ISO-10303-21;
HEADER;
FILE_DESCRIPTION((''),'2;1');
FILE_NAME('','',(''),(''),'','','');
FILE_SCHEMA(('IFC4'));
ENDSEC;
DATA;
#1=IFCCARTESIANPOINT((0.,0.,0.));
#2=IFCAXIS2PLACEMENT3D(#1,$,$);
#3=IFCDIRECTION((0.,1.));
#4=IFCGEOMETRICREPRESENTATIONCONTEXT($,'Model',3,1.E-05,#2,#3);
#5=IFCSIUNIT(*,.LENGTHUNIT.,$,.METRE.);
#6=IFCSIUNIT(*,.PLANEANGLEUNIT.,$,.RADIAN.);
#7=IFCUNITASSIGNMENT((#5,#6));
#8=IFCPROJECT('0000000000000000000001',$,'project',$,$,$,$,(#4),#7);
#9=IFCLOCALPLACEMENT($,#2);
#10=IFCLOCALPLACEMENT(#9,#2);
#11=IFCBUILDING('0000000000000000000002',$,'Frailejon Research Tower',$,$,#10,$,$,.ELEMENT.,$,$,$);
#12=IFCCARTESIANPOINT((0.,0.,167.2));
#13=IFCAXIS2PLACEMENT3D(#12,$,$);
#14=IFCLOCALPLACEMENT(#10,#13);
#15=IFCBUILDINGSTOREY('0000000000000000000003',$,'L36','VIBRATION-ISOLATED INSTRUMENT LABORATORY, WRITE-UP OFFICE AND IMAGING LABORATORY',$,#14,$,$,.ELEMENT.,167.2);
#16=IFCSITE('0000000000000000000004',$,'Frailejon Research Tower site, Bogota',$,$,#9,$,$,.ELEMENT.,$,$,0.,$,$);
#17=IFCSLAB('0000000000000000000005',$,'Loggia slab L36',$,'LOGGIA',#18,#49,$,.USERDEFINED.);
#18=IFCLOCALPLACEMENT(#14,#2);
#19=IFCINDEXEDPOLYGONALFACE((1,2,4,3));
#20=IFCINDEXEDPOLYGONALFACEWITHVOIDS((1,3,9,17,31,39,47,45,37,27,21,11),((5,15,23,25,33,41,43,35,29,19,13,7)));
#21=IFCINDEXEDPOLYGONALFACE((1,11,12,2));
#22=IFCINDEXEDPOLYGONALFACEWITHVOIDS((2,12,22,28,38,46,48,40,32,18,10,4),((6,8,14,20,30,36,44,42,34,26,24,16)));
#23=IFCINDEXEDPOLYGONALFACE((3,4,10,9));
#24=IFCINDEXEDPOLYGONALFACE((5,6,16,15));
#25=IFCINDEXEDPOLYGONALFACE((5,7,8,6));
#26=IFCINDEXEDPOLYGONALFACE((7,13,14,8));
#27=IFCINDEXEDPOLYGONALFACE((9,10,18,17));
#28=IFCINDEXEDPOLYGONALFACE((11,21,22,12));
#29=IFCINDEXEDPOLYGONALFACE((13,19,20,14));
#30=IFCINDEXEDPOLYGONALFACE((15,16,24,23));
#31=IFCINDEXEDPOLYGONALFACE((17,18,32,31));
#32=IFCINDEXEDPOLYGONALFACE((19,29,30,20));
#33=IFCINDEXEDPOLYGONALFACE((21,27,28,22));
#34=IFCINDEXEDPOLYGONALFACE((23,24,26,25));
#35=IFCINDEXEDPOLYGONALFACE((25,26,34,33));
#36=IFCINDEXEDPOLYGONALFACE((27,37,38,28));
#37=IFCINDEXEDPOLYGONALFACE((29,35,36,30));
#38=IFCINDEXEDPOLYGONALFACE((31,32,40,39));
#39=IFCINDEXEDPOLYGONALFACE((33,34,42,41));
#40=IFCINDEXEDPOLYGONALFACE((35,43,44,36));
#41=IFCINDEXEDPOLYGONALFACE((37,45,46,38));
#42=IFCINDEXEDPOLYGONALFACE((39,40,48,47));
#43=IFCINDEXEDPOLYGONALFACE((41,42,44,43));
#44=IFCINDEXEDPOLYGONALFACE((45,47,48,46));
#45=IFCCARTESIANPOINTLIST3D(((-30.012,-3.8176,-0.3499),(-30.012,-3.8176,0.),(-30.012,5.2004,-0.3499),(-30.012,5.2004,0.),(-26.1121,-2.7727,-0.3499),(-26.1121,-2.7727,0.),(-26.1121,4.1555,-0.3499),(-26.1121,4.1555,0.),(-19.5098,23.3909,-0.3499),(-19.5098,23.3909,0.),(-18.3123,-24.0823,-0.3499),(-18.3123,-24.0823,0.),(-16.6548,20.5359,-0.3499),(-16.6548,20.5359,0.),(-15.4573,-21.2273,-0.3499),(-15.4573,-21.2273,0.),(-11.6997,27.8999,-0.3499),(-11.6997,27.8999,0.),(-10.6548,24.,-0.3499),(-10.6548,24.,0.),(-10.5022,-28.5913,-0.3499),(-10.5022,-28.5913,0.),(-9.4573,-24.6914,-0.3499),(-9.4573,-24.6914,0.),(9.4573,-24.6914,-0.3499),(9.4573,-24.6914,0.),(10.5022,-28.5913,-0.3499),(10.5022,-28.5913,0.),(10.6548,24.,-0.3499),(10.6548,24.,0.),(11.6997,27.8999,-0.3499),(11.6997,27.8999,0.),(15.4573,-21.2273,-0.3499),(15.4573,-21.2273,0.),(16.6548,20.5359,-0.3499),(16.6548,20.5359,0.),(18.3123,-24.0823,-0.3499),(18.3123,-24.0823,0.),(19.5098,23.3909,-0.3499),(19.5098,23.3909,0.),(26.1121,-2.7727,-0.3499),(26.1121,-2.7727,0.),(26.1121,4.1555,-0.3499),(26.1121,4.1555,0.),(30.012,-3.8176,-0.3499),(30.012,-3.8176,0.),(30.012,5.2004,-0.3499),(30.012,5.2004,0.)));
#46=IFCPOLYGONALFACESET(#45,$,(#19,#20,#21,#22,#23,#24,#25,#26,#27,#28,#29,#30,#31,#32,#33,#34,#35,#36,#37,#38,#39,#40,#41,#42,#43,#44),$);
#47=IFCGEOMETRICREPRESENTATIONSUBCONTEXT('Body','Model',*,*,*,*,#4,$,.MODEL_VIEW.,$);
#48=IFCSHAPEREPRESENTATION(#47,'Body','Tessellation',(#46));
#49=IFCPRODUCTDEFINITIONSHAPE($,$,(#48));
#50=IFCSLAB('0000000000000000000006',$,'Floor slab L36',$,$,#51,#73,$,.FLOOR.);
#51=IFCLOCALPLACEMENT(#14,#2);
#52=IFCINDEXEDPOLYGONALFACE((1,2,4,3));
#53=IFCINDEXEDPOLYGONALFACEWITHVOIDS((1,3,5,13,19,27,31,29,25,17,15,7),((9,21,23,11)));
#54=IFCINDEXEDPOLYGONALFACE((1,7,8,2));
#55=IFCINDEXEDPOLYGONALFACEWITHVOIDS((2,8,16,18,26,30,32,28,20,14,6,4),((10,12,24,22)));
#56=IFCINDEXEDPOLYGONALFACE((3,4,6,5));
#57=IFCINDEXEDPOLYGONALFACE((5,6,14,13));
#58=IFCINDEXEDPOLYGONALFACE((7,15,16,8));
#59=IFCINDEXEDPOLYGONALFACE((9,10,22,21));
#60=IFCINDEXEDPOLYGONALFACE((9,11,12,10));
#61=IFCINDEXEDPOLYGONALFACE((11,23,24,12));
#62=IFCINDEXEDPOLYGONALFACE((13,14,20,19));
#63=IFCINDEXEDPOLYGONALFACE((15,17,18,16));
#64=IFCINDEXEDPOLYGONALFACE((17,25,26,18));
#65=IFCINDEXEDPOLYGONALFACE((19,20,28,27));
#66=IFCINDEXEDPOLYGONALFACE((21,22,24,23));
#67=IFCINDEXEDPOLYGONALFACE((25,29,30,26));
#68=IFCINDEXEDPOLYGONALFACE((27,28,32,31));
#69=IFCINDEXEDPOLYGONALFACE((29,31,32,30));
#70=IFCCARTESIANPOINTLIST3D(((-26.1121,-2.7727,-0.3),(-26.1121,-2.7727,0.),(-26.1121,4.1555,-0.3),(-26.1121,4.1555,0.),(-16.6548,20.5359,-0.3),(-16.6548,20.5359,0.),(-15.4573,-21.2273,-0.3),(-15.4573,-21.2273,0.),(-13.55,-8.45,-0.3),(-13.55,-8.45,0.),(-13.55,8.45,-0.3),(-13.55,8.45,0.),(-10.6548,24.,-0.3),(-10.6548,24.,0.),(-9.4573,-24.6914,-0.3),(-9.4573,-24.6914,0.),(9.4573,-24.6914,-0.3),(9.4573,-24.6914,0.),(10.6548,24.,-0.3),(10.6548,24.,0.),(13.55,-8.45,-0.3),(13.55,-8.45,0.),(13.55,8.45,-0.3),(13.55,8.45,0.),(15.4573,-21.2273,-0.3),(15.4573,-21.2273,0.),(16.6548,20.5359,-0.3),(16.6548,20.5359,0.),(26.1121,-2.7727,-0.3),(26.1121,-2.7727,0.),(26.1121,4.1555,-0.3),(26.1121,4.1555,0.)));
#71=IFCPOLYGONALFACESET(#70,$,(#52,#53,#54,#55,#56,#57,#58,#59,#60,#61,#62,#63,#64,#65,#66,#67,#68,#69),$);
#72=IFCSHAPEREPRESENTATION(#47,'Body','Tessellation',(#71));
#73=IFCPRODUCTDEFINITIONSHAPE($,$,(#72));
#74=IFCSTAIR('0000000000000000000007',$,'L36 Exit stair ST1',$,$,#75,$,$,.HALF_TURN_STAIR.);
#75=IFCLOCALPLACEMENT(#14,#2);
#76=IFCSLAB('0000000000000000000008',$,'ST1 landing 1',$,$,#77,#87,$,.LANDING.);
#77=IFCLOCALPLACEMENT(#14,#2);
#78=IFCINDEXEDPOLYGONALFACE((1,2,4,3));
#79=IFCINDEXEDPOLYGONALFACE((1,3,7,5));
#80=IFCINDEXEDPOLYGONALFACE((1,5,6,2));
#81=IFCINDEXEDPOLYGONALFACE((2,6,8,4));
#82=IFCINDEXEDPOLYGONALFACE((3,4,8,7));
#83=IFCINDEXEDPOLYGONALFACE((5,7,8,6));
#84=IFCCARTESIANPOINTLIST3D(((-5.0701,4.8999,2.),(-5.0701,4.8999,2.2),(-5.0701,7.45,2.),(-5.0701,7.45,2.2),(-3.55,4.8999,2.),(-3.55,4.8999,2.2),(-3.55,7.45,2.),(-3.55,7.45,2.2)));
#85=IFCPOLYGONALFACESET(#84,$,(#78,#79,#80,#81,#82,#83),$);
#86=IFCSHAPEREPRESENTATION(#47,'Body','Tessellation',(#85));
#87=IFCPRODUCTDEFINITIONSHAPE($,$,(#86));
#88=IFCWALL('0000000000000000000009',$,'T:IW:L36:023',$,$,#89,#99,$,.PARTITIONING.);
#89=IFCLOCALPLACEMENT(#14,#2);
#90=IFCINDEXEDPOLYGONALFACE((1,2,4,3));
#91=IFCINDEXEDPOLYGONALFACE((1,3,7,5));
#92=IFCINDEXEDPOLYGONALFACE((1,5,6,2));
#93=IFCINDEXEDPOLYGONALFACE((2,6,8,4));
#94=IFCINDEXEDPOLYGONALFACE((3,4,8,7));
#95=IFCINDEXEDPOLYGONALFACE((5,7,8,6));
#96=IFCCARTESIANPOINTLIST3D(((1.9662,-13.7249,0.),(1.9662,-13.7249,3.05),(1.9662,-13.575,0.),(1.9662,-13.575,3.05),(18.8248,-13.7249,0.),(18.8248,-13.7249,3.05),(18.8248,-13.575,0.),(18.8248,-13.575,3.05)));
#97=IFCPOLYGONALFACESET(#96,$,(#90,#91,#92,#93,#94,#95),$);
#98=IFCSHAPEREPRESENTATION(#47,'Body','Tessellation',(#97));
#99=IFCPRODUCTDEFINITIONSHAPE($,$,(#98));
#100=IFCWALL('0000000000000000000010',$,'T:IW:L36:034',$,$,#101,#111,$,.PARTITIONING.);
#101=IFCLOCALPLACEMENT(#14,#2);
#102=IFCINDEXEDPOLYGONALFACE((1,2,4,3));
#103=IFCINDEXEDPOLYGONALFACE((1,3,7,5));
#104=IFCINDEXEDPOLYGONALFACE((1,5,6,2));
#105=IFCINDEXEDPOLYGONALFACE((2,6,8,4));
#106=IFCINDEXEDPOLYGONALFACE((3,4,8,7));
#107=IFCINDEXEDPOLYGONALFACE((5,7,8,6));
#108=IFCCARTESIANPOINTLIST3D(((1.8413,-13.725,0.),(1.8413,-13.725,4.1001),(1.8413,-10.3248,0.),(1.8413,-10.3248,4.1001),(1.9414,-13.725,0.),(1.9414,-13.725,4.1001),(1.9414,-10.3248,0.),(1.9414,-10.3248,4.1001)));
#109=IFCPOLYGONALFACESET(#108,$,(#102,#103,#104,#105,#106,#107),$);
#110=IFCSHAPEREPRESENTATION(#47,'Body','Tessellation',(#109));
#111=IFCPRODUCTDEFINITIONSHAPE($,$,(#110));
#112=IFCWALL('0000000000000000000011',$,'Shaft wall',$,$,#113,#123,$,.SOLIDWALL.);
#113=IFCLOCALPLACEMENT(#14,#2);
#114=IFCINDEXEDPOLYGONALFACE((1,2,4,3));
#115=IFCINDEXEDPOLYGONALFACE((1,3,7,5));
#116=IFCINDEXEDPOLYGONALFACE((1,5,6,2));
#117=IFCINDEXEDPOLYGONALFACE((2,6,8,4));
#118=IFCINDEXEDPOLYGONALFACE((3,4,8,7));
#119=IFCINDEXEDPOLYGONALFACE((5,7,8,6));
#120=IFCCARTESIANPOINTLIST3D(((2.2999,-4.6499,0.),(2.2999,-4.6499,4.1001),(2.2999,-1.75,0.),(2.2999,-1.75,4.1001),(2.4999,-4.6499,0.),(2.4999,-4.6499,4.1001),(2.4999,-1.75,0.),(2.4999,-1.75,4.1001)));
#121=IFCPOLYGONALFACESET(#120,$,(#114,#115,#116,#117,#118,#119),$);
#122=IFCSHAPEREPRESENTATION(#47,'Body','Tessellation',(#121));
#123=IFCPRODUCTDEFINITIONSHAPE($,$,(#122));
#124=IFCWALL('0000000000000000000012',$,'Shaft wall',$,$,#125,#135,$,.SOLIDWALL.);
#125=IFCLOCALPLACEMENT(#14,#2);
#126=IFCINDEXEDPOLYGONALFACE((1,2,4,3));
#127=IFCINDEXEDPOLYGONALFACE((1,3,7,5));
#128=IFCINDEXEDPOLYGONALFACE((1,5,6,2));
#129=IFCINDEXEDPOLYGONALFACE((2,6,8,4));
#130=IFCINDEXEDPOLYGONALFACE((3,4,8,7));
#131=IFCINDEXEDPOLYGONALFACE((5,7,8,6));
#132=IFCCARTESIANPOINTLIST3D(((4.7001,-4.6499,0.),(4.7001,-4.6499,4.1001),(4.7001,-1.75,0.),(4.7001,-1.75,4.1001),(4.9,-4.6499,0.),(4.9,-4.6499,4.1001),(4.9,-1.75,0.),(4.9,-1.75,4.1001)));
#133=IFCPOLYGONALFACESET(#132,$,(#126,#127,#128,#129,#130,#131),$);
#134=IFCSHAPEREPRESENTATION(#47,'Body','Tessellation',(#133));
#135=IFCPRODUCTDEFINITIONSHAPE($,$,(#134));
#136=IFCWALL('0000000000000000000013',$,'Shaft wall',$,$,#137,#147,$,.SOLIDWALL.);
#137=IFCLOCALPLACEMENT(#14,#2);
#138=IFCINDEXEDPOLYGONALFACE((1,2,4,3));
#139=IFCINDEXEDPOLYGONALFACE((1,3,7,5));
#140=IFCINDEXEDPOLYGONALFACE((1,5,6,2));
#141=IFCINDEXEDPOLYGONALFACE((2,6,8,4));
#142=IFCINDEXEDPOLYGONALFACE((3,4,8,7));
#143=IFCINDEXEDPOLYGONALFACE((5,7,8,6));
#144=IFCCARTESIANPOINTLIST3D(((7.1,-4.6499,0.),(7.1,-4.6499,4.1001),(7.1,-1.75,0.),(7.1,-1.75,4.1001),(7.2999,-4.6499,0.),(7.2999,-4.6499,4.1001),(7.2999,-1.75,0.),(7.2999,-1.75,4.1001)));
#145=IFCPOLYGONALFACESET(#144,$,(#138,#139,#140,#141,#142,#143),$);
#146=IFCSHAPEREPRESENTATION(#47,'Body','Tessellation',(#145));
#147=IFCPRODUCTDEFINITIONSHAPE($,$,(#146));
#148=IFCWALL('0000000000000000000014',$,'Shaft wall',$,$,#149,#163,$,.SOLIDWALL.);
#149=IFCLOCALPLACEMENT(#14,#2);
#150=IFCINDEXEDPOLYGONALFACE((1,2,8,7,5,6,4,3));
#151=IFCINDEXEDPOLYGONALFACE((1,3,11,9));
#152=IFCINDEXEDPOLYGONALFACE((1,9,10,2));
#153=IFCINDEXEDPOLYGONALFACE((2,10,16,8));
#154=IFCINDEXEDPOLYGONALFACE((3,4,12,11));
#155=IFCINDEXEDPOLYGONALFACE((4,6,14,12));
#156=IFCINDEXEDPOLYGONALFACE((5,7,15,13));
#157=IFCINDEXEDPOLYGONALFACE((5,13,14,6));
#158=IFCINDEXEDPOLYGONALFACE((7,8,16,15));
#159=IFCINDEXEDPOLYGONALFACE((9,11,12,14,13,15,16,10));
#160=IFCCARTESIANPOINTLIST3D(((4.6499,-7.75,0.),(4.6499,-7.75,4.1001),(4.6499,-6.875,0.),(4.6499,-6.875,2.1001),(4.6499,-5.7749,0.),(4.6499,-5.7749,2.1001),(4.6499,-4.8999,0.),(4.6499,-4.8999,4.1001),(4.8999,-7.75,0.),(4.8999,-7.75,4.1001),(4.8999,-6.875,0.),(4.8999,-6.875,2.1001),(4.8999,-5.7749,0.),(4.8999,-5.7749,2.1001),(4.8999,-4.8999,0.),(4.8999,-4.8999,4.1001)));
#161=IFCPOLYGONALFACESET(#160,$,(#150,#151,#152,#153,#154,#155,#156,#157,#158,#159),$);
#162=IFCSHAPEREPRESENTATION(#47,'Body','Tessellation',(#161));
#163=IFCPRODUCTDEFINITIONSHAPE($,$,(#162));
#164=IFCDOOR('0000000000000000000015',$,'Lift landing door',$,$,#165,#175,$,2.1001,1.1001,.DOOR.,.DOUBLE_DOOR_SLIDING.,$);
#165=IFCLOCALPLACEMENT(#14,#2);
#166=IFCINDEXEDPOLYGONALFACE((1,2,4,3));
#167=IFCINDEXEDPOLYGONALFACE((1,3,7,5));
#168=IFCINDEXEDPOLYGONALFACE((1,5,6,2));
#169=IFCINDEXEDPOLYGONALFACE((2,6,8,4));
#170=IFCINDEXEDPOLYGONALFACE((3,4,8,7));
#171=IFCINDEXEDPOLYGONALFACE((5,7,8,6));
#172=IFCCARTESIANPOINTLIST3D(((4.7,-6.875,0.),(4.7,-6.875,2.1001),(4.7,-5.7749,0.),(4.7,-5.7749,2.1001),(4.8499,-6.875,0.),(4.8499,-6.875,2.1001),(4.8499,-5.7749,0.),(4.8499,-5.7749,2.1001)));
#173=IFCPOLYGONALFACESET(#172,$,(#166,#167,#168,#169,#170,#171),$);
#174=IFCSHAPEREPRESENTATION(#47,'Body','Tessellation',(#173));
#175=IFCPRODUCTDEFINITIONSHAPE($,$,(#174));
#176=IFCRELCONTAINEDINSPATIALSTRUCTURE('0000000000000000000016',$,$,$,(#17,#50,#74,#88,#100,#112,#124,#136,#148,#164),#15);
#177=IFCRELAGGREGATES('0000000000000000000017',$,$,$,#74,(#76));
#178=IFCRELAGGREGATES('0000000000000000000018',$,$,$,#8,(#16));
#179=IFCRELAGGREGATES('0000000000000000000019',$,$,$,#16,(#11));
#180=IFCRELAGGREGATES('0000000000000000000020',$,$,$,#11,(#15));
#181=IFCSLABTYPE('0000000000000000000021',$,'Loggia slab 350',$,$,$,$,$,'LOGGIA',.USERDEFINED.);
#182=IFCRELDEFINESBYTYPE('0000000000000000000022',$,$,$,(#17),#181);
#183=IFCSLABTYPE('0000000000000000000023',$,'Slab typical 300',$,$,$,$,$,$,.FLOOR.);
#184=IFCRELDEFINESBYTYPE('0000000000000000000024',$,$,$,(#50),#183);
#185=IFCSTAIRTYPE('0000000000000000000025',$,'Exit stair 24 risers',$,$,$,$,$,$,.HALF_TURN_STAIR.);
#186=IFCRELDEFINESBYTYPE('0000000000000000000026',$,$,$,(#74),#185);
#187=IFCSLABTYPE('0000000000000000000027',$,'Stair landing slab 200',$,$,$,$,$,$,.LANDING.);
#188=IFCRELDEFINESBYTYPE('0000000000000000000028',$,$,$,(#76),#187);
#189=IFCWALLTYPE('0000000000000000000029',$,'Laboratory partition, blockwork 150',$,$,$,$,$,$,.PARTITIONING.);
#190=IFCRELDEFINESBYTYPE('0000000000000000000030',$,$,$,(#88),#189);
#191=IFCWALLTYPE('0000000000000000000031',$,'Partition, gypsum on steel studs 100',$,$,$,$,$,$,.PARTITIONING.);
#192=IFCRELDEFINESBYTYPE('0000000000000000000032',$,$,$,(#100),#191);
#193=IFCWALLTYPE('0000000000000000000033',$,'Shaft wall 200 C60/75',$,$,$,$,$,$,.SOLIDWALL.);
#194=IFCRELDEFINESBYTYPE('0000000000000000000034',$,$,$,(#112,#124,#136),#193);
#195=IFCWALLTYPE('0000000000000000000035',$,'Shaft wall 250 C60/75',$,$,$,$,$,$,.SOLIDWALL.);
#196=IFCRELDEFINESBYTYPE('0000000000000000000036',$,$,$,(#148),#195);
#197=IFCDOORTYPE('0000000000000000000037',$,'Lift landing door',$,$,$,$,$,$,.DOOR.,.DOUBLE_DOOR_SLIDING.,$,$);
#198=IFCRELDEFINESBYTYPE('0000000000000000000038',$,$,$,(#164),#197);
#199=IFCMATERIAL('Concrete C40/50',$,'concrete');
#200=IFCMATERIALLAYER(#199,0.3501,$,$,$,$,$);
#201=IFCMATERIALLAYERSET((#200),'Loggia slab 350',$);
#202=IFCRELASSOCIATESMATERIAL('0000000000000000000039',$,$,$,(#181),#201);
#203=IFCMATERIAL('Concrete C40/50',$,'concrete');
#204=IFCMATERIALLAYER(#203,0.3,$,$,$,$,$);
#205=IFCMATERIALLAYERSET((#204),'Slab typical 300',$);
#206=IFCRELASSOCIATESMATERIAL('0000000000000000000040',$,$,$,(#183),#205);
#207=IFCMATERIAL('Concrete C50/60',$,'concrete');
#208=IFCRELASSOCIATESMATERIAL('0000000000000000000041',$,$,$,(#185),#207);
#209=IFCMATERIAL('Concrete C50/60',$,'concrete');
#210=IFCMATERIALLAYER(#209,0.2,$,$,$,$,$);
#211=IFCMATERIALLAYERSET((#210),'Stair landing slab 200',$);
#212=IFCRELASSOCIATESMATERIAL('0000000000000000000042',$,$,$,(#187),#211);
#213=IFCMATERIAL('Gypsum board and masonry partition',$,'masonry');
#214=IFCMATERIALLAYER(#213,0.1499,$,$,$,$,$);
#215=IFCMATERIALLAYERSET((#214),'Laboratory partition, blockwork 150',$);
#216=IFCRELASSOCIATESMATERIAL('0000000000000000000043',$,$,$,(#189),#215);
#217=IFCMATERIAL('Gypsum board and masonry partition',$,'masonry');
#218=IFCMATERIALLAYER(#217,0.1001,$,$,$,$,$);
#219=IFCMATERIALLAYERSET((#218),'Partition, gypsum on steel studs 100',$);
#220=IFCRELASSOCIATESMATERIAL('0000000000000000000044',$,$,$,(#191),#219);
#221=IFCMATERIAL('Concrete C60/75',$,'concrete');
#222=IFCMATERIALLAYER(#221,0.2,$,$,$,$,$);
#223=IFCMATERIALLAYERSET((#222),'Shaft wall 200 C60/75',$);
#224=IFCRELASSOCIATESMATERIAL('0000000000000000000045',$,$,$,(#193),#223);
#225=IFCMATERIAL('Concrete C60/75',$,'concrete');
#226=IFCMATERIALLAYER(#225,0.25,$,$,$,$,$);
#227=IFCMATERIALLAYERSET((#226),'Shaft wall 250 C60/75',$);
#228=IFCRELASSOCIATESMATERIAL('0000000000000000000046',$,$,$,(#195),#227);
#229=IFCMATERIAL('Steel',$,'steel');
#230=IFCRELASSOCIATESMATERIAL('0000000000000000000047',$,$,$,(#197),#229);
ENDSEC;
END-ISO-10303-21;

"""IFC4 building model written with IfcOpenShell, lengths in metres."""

from ifc_helpers import new_model, si_unit, direction, frame, frame_2d, origin, place, context, subcontext, project, spatial, polyline, rectangle, outline, extrude, material, layer, layer_set, type_object, element, fill, aggregate, save


model = new_model("IFC4")

# Units and contexts
model_context = context("Model", 3, precision=1e-05, world=origin(), true_north=direction((0.0, 1.0)))
body_context = subcontext(model_context, "Body", "Model", "MODEL_VIEW")
ifc_project = project(units=[si_unit("LENGTHUNIT", "METRE"), si_unit("PLANEANGLEUNIT", "RADIAN")], contexts=[model_context])

# Site, building, storey
site_placement = place(None, origin())
site = spatial("IfcSite", under=ifc_project, at=site_placement, Name="Frailejon Research Tower site, Bogota", CompositionType="ELEMENT", RefElevation=0.0)
building_placement = place(site_placement, origin())
building = spatial("IfcBuilding", under=site, at=building_placement, Name="Frailejon Research Tower", CompositionType="ELEMENT")
storey_placement = place(building_placement, frame((0.0, 0.0, 167.2)))
storey = spatial("IfcBuildingStorey", under=building, at=storey_placement, Name="L36", Description="VIBRATION-ISOLATED INSTRUMENT LABORATORY, WRITE-UP OFFICE AND IMAGING LABORATORY", CompositionType="ELEMENT", Elevation=167.2)

# Slabs
ifc_material_1 = material(Name="Concrete C40/50", Category="concrete")
ifc_layer_1 = layer(ifc_material_1, 0.3501)
ifc_layer_set_1 = layer_set([ifc_layer_1], Name="Loggia slab 350")
slab_type_1 = type_object("IfcSlabType", Name="Loggia slab 350", ElementType="LOGGIA", PredefinedType="USERDEFINED", material=ifc_layer_set_1)
slab_1_placement = place(storey_placement, frame((0.0, 0.0, -0.3499)))
element("IfcSlab", 1, at=slab_1_placement, inside=storey, type_object=slab_type_1, Name="Loggia slab L36", ObjectType="LOGGIA", PredefinedType="USERDEFINED", context=body_context, shape_type="SweptSolid", body=[
    extrude(outline(polyline([(18.3123, -24.0823), (10.5022, -28.5913), (-10.5022, -28.5913), (-18.3123, -24.0823), (-30.012, -3.8176), (-30.012, 5.2004), (-19.5098, 23.3909), (-11.6997, 27.8999), (11.6997, 27.8999), (19.5098, 23.3909), (30.012, 5.2004), (30.012, -3.8176), (18.3123, -24.0823)]), holes=[polyline([(26.1121, 4.1555), (16.6548, 20.5359), (10.6548, 24.0), (-10.6548, 24.0), (-16.6548, 20.5359), (-26.1121, 4.1555), (-26.1121, -2.7727), (-15.4573, -21.2273), (-9.4573, -24.6914), (9.4573, -24.6914), (15.4573, -21.2273), (26.1121, -2.7727), (26.1121, 4.1555)])]), origin(), (0.0, 0.0, 1.0), 0.3499),
])
ifc_material_2 = material(Name="Concrete C40/50", Category="concrete")
ifc_layer_2 = layer(ifc_material_2, 0.3)
ifc_layer_set_2 = layer_set([ifc_layer_2], Name="Slab typical 300")
slab_type_2 = type_object("IfcSlabType", Name="Slab typical 300", PredefinedType="FLOOR", material=ifc_layer_set_2)
slab_2_placement = place(storey_placement, frame((0.0, 0.0, -0.3)))
element("IfcSlab", 2, at=slab_2_placement, inside=storey, type_object=slab_type_2, Name="Floor slab L36", PredefinedType="FLOOR", context=body_context, shape_type="SweptSolid", body=[
    extrude(outline(polyline([(26.1121, -2.7727), (26.1121, 4.1555), (16.6548, 20.5359), (10.6548, 24.0), (-10.6548, 24.0), (-16.6548, 20.5359), (-26.1121, 4.1555), (-26.1121, -2.7727), (-15.4573, -21.2273), (-9.4573, -24.6914), (9.4573, -24.6914), (15.4573, -21.2273), (26.1121, -2.7727)]), holes=[polyline([(13.55, -8.45), (-13.55, -8.45), (-13.55, 8.45), (13.55, 8.45), (13.55, -8.45)])]), origin(), (0.0, 0.0, 1.0), 0.3),
])

# Stair, slab
ifc_material_3 = material(Name="Concrete C50/60", Category="concrete")
stair_type = type_object("IfcStairType", Name="Exit stair 24 risers", PredefinedType="HALF_TURN_STAIR", material=ifc_material_3)
stair_placement = place(storey_placement, origin())
stair = element("IfcStair", 3, at=stair_placement, inside=storey, type_object=stair_type, Name="L36 Exit stair ST1", PredefinedType="HALF_TURN_STAIR")
ifc_material_4 = material(Name="Concrete C50/60", Category="concrete")
ifc_layer_3 = layer(ifc_material_4, 0.2)
ifc_layer_set_3 = layer_set([ifc_layer_3], Name="Stair landing slab 200")
slab_type_3 = type_object("IfcSlabType", Name="Stair landing slab 200", PredefinedType="LANDING", material=ifc_layer_set_3)
slab_3_placement = place(storey_placement, frame((0.0, 0.0, 2.0)))
slab_3 = element("IfcSlab", 4, at=slab_3_placement, type_object=slab_type_3, Name="ST1 landing 1", PredefinedType="LANDING", context=body_context, shape_type="SweptSolid", body=[
    extrude(outline(polyline([(-5.0701, 4.8999), (-3.55, 4.8999), (-3.55, 7.45), (-5.0701, 7.45), (-5.0701, 4.8999)])), origin(), (0.0, 0.0, 1.0), 0.2),
])
aggregate(stair, [slab_3])

# Walls
ifc_material_5 = material(Name="Gypsum board and masonry partition", Category="masonry")
ifc_layer_4 = layer(ifc_material_5, 0.1499)
ifc_layer_set_4 = layer_set([ifc_layer_4], Name="Laboratory partition, blockwork 150")
wall_type_1 = type_object("IfcWallType", Name="Laboratory partition, blockwork 150", PredefinedType="PARTITIONING", material=ifc_layer_set_4)
wall_1_placement = place(storey_placement, frame((1.9663, -13.6499, 0.0), z_axis=(0.0, 0.0, 1.0), x_axis=(1.0, 0.0, 0.0)))
element("IfcWall", 5, at=wall_1_placement, inside=storey, type_object=wall_type_1, Name="T:IW:L36:023", PredefinedType="PARTITIONING", context=body_context, shape_type="SweptSolid", body=[
    extrude(rectangle(XDim=16.8586, YDim=0.1499, at=frame_2d((8.4292, 0.0))), origin(), (0.0, 0.0, 1.0), 3.05),
])
ifc_material_6 = material(Name="Gypsum board and masonry partition", Category="masonry")
ifc_layer_5 = layer(ifc_material_6, 0.1001)
ifc_layer_set_5 = layer_set([ifc_layer_5], Name="Partition, gypsum on steel studs 100")
wall_type_2 = type_object("IfcWallType", Name="Partition, gypsum on steel studs 100", PredefinedType="PARTITIONING", material=ifc_layer_set_5)
wall_2_placement = place(storey_placement, frame((1.8914, -13.7251, 0.0), z_axis=(0.0, 0.0, 1.0), x_axis=(0.0, 1.0, 0.0)))
element("IfcWall", 6, at=wall_2_placement, inside=storey, type_object=wall_type_2, Name="T:IW:L36:034", PredefinedType="PARTITIONING", context=body_context, shape_type="SweptSolid", body=[
    extrude(rectangle(XDim=3.4001, YDim=0.1001, at=frame_2d((1.7002, 0.0))), origin(), (0.0, 0.0, 1.0), 4.1001),
])
ifc_material_7 = material(Name="Concrete C60/75", Category="concrete")
ifc_layer_6 = layer(ifc_material_7, 0.2)
ifc_layer_set_6 = layer_set([ifc_layer_6], Name="Shaft wall 200 C60/75")
wall_type_3 = type_object("IfcWallType", Name="Shaft wall 200 C60/75", PredefinedType="SOLIDWALL", material=ifc_layer_set_6)
for number, where, z_axis, x_axis, name in (
    (7, (2.3999, -4.6499, 0.0), (0.0, 0.0, 1.0), (0.0, 1.0, 0.0), "Shaft wall"),
    (8, (4.8, -4.6499, 0.0), (0.0, 0.0, 1.0), (0.0, 1.0, 0.0), "Shaft wall"),
    (9, (7.2, -4.6499, 0.0), (0.0, 0.0, 1.0), (0.0, 1.0, 0.0), "Shaft wall"),
):
    element("IfcWall", number, at=place(storey_placement, frame(where, z_axis=z_axis, x_axis=x_axis)), inside=storey, type_object=wall_type_3, Name=name, PredefinedType="SOLIDWALL", context=body_context, shape_type="SweptSolid", body=[
        extrude(rectangle(XDim=2.8999, YDim=0.2, at=frame_2d((1.45, 0.0))), origin(), (0.0, 0.0, 1.0), 4.1001),
    ])

# Wall, opening, door
ifc_material_8 = material(Name="Concrete C60/75", Category="concrete")
ifc_layer_7 = layer(ifc_material_8, 0.25)
ifc_layer_set_7 = layer_set([ifc_layer_7], Name="Shaft wall 250 C60/75")
wall_type_4 = type_object("IfcWallType", Name="Shaft wall 250 C60/75", PredefinedType="SOLIDWALL", material=ifc_layer_set_7)
wall_3_placement = place(storey_placement, frame((4.7749, -7.75, 0.0), z_axis=(0.0, 0.0, 1.0), x_axis=(0.0, 1.0, 0.0)))
wall_3 = element("IfcWall", 10, at=wall_3_placement, inside=storey, type_object=wall_type_4, Name="Shaft wall", PredefinedType="SOLIDWALL", context=body_context, shape_type="SweptSolid", body=[
    extrude(rectangle(XDim=2.8501, YDim=0.25, at=frame_2d((1.425, 0.0))), origin(), (0.0, 0.0, 1.0), 4.1001),
])
opening_placement = place(wall_3_placement, frame((0.875, 0.0, 0.0)))
opening = element("IfcOpeningElement", 11, at=opening_placement, cuts=wall_3, PredefinedType="OPENING", context=body_context, shape_type="SweptSolid", body=[
    extrude(rectangle(XDim=1.1001, YDim=2.1001, at=frame_2d((0.55, 1.05))), frame((0.0, 0.135, 0.0), z_axis=(0.0, -1.0, 0.0), x_axis=(1.0, 0.0, 0.0)), (0.0, 0.0, 1.0), 0.27),
])
ifc_material_9 = material(Name="Steel", Category="steel")
door_type = type_object("IfcDoorType", Name="Lift landing door", OperationType="DOUBLE_DOOR_SLIDING", PredefinedType="DOOR", material=ifc_material_9)
door_placement = place(opening_placement, origin())
door = element("IfcDoor", 12, at=door_placement, inside=storey, type_object=door_type, Name="Lift landing door", OperationType="DOUBLE_DOOR_SLIDING", OverallHeight=2.1001, OverallWidth=1.1001, PredefinedType="DOOR", context=body_context, shape_type="SweptSolid", body=[
    extrude(rectangle(XDim=1.1001, YDim=2.1001, at=frame_2d((0.55, 1.05))), frame((0.0, 0.075, 0.0), z_axis=(0.0, -1.0, 0.0), x_axis=(1.0, 0.0, 0.0)), (0.0, 0.0, 1.0), 0.1499),
])
fill(opening, door)

save(model, "model.ifc")
